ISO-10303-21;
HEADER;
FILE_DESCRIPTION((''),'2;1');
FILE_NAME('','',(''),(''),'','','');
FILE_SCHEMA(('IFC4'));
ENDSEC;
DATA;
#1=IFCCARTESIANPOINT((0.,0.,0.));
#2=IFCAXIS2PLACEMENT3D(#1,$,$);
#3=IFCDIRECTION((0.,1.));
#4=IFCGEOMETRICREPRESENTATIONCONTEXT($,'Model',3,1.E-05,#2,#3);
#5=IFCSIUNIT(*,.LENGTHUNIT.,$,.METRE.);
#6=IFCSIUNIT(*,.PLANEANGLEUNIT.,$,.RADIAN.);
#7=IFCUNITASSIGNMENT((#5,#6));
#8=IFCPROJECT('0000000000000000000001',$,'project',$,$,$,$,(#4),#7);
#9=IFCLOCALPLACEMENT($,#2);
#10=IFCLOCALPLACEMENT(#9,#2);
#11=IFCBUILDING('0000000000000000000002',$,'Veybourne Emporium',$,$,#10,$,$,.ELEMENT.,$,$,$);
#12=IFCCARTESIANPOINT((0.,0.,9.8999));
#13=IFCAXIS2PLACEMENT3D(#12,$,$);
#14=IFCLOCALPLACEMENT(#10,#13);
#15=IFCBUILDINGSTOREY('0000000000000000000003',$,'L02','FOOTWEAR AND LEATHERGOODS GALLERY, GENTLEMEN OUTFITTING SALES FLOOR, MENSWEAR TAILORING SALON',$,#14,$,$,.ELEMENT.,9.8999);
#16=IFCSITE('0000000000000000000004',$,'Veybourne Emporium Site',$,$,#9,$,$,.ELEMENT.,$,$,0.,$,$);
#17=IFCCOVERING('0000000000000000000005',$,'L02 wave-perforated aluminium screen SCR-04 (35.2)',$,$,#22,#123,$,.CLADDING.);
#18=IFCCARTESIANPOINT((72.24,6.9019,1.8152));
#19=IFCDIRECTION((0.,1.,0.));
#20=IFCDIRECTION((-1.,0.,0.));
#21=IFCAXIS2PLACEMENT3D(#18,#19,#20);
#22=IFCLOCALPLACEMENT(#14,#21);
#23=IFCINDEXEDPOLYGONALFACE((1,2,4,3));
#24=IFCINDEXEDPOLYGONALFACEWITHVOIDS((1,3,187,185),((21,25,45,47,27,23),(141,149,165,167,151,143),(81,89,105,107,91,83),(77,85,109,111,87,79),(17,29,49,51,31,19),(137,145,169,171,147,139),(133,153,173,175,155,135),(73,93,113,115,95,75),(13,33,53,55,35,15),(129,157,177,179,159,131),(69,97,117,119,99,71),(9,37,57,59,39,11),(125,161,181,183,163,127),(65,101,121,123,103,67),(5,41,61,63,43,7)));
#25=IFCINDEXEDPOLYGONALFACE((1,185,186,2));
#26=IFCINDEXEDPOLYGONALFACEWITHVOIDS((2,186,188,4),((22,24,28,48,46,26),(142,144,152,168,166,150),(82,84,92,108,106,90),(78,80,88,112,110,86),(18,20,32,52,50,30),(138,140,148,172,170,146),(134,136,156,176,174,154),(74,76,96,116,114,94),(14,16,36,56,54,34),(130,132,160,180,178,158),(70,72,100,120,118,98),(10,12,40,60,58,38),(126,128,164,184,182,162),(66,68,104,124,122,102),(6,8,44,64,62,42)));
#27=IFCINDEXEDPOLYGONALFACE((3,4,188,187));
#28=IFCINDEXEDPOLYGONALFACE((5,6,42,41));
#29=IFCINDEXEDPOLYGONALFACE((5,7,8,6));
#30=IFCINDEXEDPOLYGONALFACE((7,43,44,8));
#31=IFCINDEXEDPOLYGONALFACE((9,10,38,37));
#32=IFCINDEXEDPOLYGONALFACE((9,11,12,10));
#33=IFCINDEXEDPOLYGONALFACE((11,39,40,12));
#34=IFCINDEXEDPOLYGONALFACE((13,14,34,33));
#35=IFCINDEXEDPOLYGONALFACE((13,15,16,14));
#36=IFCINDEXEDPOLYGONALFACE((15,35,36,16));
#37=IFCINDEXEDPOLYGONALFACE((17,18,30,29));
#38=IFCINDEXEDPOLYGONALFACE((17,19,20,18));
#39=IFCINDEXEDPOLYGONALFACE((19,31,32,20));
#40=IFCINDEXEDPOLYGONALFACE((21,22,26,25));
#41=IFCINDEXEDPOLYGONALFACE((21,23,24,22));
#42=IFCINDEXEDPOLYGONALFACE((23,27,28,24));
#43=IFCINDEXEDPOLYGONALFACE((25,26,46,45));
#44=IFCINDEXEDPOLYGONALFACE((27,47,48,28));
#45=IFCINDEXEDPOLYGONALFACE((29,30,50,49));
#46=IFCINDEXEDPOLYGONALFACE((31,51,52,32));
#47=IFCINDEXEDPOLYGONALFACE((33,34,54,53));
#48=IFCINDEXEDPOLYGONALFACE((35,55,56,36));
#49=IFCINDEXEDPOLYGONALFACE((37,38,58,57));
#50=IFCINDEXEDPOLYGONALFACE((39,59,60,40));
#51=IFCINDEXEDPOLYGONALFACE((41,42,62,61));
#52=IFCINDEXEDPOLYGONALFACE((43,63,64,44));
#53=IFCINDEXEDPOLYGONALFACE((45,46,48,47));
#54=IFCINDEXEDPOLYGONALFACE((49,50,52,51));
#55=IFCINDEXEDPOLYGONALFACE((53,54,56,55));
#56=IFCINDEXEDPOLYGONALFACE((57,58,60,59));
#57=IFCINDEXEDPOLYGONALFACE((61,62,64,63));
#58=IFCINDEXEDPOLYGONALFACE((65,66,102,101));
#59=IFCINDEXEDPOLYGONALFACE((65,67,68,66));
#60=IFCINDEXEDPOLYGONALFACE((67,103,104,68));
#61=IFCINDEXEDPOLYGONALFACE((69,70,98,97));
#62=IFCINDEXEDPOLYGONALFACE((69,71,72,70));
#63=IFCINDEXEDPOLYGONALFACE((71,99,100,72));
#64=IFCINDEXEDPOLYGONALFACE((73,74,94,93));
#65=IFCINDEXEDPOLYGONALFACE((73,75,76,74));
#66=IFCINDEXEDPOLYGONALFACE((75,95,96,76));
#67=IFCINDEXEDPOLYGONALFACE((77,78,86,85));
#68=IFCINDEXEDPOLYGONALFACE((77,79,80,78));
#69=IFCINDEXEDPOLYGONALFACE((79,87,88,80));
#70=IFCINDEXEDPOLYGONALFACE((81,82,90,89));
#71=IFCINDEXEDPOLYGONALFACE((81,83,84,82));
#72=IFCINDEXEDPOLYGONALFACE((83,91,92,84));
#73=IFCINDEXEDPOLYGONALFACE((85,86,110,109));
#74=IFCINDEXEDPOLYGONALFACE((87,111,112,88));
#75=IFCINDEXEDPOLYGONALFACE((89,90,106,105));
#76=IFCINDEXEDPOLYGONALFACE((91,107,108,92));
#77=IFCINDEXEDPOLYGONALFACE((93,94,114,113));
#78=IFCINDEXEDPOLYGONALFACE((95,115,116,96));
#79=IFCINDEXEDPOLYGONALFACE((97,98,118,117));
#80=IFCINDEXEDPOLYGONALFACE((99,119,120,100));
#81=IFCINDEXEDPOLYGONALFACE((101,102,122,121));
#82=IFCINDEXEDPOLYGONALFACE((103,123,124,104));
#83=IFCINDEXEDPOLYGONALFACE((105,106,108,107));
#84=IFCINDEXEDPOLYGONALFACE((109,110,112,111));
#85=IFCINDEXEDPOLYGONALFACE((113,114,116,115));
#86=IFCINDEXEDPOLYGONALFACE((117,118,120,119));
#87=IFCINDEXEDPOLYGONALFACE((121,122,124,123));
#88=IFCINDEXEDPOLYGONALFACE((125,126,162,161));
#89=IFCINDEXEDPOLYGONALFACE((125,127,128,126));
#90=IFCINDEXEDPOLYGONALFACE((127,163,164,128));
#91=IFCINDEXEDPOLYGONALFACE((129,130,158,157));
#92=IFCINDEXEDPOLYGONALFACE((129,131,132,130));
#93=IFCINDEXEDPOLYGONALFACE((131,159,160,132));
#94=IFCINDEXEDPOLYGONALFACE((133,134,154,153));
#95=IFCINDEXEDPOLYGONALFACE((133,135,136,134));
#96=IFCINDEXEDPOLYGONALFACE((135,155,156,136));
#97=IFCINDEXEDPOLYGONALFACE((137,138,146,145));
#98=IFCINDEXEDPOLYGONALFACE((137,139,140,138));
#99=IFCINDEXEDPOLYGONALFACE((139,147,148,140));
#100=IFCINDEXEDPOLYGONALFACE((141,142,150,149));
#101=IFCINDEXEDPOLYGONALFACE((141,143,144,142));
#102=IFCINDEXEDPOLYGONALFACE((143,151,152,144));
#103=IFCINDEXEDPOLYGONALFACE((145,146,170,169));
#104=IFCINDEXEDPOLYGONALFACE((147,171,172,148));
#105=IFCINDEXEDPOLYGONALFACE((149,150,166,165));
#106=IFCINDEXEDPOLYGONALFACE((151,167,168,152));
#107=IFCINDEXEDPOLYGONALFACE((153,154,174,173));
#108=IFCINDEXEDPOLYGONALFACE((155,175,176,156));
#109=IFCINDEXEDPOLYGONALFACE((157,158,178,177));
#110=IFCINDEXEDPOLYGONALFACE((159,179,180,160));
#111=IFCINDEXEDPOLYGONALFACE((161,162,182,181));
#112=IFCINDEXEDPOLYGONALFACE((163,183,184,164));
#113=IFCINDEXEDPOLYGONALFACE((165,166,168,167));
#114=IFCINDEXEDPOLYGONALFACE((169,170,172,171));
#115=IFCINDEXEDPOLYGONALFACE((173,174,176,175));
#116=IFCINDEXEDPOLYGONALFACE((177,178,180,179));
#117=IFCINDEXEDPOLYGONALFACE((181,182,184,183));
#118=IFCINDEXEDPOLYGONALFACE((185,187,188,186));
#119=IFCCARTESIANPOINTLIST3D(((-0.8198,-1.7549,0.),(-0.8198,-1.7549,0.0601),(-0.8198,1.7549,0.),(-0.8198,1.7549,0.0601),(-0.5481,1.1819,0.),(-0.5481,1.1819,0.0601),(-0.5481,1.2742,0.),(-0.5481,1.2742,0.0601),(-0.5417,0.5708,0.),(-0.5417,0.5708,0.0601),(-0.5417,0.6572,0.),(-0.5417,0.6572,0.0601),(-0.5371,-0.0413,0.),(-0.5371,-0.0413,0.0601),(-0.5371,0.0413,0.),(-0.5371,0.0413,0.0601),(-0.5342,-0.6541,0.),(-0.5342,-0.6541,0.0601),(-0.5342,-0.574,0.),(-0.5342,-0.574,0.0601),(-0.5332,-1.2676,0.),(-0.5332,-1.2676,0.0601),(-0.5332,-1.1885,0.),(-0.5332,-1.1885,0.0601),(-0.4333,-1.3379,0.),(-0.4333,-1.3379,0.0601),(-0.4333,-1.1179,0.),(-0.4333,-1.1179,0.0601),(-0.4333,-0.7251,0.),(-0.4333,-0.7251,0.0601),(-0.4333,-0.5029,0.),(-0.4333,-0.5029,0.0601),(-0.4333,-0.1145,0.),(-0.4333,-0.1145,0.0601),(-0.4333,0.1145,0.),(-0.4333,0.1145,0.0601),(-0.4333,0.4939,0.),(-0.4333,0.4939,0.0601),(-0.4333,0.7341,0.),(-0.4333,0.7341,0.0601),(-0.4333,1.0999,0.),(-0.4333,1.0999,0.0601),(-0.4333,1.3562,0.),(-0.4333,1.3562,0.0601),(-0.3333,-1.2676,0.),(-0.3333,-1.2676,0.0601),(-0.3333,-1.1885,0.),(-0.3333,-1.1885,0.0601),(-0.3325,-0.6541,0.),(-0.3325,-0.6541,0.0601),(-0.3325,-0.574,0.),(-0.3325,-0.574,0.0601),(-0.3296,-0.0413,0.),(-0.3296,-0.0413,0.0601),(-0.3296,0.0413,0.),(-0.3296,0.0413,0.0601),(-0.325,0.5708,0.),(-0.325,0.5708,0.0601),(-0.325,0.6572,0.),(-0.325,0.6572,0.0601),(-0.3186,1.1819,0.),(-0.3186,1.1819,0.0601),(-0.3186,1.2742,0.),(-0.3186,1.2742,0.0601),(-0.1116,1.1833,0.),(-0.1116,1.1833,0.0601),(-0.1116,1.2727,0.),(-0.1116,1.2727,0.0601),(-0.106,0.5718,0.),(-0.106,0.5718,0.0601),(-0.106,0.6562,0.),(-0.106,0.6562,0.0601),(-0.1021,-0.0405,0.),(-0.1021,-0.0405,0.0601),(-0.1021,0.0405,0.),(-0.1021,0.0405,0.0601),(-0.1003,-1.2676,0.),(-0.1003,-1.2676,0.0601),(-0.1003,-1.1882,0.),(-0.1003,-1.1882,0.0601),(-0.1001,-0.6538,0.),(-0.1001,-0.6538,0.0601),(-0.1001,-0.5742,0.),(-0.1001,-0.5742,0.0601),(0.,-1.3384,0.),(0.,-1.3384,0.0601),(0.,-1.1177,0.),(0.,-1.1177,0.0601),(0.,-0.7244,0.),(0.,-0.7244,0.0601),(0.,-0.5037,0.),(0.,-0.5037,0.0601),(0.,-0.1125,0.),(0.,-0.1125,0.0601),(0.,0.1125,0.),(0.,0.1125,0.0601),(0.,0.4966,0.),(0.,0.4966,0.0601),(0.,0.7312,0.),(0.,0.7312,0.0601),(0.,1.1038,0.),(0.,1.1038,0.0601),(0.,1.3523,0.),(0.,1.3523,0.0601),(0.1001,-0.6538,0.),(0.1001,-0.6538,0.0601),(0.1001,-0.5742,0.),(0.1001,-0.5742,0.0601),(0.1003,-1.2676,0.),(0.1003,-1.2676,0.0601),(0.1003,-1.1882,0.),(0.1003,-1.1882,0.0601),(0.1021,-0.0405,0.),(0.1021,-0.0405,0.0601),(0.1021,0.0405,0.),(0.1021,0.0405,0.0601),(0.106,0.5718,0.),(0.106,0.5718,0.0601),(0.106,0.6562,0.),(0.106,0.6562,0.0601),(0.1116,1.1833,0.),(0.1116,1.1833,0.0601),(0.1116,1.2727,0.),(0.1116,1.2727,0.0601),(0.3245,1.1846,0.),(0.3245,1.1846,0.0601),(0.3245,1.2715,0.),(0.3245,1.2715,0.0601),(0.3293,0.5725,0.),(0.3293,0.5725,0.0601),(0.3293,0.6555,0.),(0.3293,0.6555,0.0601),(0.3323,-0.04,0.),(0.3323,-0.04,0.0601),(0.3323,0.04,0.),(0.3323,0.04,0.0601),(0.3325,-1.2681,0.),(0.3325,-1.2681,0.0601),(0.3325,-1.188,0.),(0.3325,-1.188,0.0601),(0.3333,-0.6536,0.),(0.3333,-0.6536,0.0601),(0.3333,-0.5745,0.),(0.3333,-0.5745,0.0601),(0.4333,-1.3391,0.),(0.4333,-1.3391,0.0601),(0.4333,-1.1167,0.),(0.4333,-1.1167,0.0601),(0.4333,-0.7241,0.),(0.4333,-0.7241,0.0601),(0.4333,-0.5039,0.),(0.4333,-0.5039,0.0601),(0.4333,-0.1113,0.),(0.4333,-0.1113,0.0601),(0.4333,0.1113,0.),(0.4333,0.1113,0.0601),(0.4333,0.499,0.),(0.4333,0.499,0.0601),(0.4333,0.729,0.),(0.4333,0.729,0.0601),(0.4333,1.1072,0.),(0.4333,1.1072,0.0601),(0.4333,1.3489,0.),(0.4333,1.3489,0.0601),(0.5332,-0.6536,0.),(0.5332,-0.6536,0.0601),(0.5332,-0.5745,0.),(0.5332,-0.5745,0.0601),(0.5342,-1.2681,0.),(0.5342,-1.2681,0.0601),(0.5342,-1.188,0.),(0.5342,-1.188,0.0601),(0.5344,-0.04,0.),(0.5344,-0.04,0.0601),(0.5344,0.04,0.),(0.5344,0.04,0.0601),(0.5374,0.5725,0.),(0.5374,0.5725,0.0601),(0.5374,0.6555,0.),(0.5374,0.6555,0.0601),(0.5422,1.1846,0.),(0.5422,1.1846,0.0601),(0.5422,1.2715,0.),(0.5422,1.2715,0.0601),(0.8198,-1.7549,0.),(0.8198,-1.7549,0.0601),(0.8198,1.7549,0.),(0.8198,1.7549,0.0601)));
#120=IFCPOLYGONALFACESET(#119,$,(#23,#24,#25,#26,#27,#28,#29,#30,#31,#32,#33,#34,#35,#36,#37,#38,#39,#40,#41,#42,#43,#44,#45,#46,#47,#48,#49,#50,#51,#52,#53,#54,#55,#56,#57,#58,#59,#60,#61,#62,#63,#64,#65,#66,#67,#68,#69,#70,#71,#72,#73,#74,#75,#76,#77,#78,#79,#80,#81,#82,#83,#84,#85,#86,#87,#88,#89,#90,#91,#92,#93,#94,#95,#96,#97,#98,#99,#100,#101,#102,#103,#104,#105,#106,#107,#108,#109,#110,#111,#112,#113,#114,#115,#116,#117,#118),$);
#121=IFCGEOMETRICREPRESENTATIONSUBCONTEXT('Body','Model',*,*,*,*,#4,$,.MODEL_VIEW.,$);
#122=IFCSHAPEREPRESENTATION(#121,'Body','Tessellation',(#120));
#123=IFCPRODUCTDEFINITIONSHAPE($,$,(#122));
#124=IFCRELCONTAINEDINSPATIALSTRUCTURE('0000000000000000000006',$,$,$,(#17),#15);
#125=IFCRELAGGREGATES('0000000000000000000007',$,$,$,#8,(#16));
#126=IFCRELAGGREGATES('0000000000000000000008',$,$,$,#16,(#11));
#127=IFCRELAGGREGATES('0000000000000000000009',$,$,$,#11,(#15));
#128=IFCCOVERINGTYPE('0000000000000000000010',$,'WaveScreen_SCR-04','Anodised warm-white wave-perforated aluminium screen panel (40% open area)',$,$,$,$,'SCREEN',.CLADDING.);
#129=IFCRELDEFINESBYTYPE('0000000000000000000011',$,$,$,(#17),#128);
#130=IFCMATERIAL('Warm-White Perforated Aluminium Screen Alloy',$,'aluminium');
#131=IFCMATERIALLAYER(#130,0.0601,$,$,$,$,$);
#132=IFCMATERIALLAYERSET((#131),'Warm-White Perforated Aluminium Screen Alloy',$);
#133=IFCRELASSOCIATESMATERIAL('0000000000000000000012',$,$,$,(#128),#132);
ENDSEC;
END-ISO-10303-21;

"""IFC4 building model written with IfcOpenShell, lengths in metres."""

from ifc_helpers import new_model, si_unit, direction, frame, origin, place, context, subcontext, project, spatial, polyline, outline, extrude, material, layer, layer_set, type_object, element, save


model = new_model("IFC4")

# Units and contexts
model_context = context("Model", 3, precision=1e-05, world=origin(), true_north=direction((0.0, 1.0)))
body_context = subcontext(model_context, "Body", "Model", "MODEL_VIEW")
ifc_project = project(units=[si_unit("LENGTHUNIT", "METRE"), si_unit("PLANEANGLEUNIT", "RADIAN")], contexts=[model_context])

# Site, building, storey
site_placement = place(None, origin())
site = spatial("IfcSite", under=ifc_project, at=site_placement, Name="Veybourne Emporium Site", CompositionType="ELEMENT", RefElevation=0.0)
building_placement = place(site_placement, origin())
building = spatial("IfcBuilding", under=site, at=building_placement, Name="Veybourne Emporium", CompositionType="ELEMENT")
storey_placement = place(building_placement, frame((0.0, 0.0, 9.8999)))
storey = spatial("IfcBuildingStorey", under=building, at=storey_placement, Name="L02", Description="FOOTWEAR AND LEATHERGOODS GALLERY, GENTLEMEN OUTFITTING SALES FLOOR, MENSWEAR TAILORING SALON", CompositionType="ELEMENT", Elevation=9.8999)

# Covering
ifc_material_1 = material(Name="Warm-White Perforated Aluminium Screen Alloy", Category="aluminium")
ifc_layer_1 = layer(ifc_material_1, 0.0601)
ifc_layer_set_1 = layer_set([ifc_layer_1], Name="Warm-White Perforated Aluminium Screen Alloy")
covering_type_1 = type_object("IfcCoveringType", Name="WaveScreen_SCR-04", Description="Anodised warm-white wave-perforated aluminium screen panel (40% open area)", ElementType="SCREEN", PredefinedType="CLADDING", material=ifc_layer_set_1)
covering_1_placement = place(storey_placement, frame((72.24, 6.9019, 1.8152), z_axis=(0.0, 1.0, 0.0), x_axis=(-1.0, 0.0, 0.0)))
element("IfcCovering", 1, at=covering_1_placement, inside=storey, type_object=covering_type_1, Name="L02 wave-perforated aluminium screen SCR-04 (35.2)", PredefinedType="CLADDING", context=body_context, shape_type="SweptSolid", body=[
    extrude(outline(polyline([(-0.8198, -1.7549), (0.8198, -1.7549), (0.8198, 1.7549), (-0.8198, 1.7549), (-0.8198, -1.7549)]), holes=[polyline([(-0.4333, -1.1179), (-0.3333, -1.1885), (-0.3333, -1.2676), (-0.4333, -1.3379), (-0.5332, -1.2676), (-0.5332, -1.1885), (-0.4333, -1.1179)]), polyline([(-0.4333, -0.5029), (-0.3325, -0.574), (-0.3325, -0.6541), (-0.4333, -0.7251), (-0.5342, -0.6541), (-0.5342, -0.574), (-0.4333, -0.5029)]), polyline([(-0.4333, 0.1145), (-0.3296, 0.0413), (-0.3296, -0.0413), (-0.4333, -0.1145), (-0.5371, -0.0413), (-0.5371, 0.0413), (-0.4333, 0.1145)]), polyline([(-0.4333, 0.7341), (-0.325, 0.6572), (-0.325, 0.5708), (-0.4333, 0.4939), (-0.5417, 0.5708), (-0.5417, 0.6572), (-0.4333, 0.7341)]), polyline([(-0.4333, 1.3562), (-0.3186, 1.2742), (-0.3186, 1.1819), (-0.4333, 1.0999), (-0.5481, 1.1819), (-0.5481, 1.2742), (-0.4333, 1.3562)]), polyline([(0.0, -1.1177), (0.1003, -1.1882), (0.1003, -1.2676), (0.0, -1.3384), (-0.1003, -1.2676), (-0.1003, -1.1882), (0.0, -1.1177)]), polyline([(0.0, -0.5037), (0.1001, -0.5742), (0.1001, -0.6538), (0.0, -0.7244), (-0.1001, -0.6538), (-0.1001, -0.5742), (0.0, -0.5037)]), polyline([(0.0, 0.1125), (0.1021, 0.0405), (0.1021, -0.0405), (0.0, -0.1125), (-0.1021, -0.0405), (-0.1021, 0.0405), (0.0, 0.1125)]), polyline([(0.0, 0.7312), (0.106, 0.6562), (0.106, 0.5718), (0.0, 0.4966), (-0.106, 0.5718), (-0.106, 0.6562), (0.0, 0.7312)]), polyline([(0.0, 1.3523), (0.1116, 1.2727), (0.1116, 1.1833), (0.0, 1.1038), (-0.1116, 1.1833), (-0.1116, 1.2727), (0.0, 1.3523)]), polyline([(0.4333, -1.1167), (0.5342, -1.188), (0.5342, -1.2681), (0.4333, -1.3391), (0.3325, -1.2681), (0.3325, -1.188), (0.4333, -1.1167)]), polyline([(0.4333, -0.5039), (0.5332, -0.5745), (0.5332, -0.6536), (0.4333, -0.7241), (0.3333, -0.6536), (0.3333, -0.5745), (0.4333, -0.5039)]), polyline([(0.4333, 0.1113), (0.5344, 0.04), (0.5344, -0.04), (0.4333, -0.1113), (0.3323, -0.04), (0.3323, 0.04), (0.4333, 0.1113)]), polyline([(0.4333, 0.729), (0.5374, 0.6555), (0.5374, 0.5725), (0.4333, 0.499), (0.3293, 0.5725), (0.3293, 0.6555), (0.4333, 0.729)]), polyline([(0.4333, 1.3489), (0.5422, 1.2715), (0.5422, 1.1846), (0.4333, 1.1072), (0.3245, 1.1846), (0.3245, 1.2715), (0.4333, 1.3489)])]), origin(), (0.0, 0.0, 1.0), 0.0601),
])

save(model, "model.ifc")
